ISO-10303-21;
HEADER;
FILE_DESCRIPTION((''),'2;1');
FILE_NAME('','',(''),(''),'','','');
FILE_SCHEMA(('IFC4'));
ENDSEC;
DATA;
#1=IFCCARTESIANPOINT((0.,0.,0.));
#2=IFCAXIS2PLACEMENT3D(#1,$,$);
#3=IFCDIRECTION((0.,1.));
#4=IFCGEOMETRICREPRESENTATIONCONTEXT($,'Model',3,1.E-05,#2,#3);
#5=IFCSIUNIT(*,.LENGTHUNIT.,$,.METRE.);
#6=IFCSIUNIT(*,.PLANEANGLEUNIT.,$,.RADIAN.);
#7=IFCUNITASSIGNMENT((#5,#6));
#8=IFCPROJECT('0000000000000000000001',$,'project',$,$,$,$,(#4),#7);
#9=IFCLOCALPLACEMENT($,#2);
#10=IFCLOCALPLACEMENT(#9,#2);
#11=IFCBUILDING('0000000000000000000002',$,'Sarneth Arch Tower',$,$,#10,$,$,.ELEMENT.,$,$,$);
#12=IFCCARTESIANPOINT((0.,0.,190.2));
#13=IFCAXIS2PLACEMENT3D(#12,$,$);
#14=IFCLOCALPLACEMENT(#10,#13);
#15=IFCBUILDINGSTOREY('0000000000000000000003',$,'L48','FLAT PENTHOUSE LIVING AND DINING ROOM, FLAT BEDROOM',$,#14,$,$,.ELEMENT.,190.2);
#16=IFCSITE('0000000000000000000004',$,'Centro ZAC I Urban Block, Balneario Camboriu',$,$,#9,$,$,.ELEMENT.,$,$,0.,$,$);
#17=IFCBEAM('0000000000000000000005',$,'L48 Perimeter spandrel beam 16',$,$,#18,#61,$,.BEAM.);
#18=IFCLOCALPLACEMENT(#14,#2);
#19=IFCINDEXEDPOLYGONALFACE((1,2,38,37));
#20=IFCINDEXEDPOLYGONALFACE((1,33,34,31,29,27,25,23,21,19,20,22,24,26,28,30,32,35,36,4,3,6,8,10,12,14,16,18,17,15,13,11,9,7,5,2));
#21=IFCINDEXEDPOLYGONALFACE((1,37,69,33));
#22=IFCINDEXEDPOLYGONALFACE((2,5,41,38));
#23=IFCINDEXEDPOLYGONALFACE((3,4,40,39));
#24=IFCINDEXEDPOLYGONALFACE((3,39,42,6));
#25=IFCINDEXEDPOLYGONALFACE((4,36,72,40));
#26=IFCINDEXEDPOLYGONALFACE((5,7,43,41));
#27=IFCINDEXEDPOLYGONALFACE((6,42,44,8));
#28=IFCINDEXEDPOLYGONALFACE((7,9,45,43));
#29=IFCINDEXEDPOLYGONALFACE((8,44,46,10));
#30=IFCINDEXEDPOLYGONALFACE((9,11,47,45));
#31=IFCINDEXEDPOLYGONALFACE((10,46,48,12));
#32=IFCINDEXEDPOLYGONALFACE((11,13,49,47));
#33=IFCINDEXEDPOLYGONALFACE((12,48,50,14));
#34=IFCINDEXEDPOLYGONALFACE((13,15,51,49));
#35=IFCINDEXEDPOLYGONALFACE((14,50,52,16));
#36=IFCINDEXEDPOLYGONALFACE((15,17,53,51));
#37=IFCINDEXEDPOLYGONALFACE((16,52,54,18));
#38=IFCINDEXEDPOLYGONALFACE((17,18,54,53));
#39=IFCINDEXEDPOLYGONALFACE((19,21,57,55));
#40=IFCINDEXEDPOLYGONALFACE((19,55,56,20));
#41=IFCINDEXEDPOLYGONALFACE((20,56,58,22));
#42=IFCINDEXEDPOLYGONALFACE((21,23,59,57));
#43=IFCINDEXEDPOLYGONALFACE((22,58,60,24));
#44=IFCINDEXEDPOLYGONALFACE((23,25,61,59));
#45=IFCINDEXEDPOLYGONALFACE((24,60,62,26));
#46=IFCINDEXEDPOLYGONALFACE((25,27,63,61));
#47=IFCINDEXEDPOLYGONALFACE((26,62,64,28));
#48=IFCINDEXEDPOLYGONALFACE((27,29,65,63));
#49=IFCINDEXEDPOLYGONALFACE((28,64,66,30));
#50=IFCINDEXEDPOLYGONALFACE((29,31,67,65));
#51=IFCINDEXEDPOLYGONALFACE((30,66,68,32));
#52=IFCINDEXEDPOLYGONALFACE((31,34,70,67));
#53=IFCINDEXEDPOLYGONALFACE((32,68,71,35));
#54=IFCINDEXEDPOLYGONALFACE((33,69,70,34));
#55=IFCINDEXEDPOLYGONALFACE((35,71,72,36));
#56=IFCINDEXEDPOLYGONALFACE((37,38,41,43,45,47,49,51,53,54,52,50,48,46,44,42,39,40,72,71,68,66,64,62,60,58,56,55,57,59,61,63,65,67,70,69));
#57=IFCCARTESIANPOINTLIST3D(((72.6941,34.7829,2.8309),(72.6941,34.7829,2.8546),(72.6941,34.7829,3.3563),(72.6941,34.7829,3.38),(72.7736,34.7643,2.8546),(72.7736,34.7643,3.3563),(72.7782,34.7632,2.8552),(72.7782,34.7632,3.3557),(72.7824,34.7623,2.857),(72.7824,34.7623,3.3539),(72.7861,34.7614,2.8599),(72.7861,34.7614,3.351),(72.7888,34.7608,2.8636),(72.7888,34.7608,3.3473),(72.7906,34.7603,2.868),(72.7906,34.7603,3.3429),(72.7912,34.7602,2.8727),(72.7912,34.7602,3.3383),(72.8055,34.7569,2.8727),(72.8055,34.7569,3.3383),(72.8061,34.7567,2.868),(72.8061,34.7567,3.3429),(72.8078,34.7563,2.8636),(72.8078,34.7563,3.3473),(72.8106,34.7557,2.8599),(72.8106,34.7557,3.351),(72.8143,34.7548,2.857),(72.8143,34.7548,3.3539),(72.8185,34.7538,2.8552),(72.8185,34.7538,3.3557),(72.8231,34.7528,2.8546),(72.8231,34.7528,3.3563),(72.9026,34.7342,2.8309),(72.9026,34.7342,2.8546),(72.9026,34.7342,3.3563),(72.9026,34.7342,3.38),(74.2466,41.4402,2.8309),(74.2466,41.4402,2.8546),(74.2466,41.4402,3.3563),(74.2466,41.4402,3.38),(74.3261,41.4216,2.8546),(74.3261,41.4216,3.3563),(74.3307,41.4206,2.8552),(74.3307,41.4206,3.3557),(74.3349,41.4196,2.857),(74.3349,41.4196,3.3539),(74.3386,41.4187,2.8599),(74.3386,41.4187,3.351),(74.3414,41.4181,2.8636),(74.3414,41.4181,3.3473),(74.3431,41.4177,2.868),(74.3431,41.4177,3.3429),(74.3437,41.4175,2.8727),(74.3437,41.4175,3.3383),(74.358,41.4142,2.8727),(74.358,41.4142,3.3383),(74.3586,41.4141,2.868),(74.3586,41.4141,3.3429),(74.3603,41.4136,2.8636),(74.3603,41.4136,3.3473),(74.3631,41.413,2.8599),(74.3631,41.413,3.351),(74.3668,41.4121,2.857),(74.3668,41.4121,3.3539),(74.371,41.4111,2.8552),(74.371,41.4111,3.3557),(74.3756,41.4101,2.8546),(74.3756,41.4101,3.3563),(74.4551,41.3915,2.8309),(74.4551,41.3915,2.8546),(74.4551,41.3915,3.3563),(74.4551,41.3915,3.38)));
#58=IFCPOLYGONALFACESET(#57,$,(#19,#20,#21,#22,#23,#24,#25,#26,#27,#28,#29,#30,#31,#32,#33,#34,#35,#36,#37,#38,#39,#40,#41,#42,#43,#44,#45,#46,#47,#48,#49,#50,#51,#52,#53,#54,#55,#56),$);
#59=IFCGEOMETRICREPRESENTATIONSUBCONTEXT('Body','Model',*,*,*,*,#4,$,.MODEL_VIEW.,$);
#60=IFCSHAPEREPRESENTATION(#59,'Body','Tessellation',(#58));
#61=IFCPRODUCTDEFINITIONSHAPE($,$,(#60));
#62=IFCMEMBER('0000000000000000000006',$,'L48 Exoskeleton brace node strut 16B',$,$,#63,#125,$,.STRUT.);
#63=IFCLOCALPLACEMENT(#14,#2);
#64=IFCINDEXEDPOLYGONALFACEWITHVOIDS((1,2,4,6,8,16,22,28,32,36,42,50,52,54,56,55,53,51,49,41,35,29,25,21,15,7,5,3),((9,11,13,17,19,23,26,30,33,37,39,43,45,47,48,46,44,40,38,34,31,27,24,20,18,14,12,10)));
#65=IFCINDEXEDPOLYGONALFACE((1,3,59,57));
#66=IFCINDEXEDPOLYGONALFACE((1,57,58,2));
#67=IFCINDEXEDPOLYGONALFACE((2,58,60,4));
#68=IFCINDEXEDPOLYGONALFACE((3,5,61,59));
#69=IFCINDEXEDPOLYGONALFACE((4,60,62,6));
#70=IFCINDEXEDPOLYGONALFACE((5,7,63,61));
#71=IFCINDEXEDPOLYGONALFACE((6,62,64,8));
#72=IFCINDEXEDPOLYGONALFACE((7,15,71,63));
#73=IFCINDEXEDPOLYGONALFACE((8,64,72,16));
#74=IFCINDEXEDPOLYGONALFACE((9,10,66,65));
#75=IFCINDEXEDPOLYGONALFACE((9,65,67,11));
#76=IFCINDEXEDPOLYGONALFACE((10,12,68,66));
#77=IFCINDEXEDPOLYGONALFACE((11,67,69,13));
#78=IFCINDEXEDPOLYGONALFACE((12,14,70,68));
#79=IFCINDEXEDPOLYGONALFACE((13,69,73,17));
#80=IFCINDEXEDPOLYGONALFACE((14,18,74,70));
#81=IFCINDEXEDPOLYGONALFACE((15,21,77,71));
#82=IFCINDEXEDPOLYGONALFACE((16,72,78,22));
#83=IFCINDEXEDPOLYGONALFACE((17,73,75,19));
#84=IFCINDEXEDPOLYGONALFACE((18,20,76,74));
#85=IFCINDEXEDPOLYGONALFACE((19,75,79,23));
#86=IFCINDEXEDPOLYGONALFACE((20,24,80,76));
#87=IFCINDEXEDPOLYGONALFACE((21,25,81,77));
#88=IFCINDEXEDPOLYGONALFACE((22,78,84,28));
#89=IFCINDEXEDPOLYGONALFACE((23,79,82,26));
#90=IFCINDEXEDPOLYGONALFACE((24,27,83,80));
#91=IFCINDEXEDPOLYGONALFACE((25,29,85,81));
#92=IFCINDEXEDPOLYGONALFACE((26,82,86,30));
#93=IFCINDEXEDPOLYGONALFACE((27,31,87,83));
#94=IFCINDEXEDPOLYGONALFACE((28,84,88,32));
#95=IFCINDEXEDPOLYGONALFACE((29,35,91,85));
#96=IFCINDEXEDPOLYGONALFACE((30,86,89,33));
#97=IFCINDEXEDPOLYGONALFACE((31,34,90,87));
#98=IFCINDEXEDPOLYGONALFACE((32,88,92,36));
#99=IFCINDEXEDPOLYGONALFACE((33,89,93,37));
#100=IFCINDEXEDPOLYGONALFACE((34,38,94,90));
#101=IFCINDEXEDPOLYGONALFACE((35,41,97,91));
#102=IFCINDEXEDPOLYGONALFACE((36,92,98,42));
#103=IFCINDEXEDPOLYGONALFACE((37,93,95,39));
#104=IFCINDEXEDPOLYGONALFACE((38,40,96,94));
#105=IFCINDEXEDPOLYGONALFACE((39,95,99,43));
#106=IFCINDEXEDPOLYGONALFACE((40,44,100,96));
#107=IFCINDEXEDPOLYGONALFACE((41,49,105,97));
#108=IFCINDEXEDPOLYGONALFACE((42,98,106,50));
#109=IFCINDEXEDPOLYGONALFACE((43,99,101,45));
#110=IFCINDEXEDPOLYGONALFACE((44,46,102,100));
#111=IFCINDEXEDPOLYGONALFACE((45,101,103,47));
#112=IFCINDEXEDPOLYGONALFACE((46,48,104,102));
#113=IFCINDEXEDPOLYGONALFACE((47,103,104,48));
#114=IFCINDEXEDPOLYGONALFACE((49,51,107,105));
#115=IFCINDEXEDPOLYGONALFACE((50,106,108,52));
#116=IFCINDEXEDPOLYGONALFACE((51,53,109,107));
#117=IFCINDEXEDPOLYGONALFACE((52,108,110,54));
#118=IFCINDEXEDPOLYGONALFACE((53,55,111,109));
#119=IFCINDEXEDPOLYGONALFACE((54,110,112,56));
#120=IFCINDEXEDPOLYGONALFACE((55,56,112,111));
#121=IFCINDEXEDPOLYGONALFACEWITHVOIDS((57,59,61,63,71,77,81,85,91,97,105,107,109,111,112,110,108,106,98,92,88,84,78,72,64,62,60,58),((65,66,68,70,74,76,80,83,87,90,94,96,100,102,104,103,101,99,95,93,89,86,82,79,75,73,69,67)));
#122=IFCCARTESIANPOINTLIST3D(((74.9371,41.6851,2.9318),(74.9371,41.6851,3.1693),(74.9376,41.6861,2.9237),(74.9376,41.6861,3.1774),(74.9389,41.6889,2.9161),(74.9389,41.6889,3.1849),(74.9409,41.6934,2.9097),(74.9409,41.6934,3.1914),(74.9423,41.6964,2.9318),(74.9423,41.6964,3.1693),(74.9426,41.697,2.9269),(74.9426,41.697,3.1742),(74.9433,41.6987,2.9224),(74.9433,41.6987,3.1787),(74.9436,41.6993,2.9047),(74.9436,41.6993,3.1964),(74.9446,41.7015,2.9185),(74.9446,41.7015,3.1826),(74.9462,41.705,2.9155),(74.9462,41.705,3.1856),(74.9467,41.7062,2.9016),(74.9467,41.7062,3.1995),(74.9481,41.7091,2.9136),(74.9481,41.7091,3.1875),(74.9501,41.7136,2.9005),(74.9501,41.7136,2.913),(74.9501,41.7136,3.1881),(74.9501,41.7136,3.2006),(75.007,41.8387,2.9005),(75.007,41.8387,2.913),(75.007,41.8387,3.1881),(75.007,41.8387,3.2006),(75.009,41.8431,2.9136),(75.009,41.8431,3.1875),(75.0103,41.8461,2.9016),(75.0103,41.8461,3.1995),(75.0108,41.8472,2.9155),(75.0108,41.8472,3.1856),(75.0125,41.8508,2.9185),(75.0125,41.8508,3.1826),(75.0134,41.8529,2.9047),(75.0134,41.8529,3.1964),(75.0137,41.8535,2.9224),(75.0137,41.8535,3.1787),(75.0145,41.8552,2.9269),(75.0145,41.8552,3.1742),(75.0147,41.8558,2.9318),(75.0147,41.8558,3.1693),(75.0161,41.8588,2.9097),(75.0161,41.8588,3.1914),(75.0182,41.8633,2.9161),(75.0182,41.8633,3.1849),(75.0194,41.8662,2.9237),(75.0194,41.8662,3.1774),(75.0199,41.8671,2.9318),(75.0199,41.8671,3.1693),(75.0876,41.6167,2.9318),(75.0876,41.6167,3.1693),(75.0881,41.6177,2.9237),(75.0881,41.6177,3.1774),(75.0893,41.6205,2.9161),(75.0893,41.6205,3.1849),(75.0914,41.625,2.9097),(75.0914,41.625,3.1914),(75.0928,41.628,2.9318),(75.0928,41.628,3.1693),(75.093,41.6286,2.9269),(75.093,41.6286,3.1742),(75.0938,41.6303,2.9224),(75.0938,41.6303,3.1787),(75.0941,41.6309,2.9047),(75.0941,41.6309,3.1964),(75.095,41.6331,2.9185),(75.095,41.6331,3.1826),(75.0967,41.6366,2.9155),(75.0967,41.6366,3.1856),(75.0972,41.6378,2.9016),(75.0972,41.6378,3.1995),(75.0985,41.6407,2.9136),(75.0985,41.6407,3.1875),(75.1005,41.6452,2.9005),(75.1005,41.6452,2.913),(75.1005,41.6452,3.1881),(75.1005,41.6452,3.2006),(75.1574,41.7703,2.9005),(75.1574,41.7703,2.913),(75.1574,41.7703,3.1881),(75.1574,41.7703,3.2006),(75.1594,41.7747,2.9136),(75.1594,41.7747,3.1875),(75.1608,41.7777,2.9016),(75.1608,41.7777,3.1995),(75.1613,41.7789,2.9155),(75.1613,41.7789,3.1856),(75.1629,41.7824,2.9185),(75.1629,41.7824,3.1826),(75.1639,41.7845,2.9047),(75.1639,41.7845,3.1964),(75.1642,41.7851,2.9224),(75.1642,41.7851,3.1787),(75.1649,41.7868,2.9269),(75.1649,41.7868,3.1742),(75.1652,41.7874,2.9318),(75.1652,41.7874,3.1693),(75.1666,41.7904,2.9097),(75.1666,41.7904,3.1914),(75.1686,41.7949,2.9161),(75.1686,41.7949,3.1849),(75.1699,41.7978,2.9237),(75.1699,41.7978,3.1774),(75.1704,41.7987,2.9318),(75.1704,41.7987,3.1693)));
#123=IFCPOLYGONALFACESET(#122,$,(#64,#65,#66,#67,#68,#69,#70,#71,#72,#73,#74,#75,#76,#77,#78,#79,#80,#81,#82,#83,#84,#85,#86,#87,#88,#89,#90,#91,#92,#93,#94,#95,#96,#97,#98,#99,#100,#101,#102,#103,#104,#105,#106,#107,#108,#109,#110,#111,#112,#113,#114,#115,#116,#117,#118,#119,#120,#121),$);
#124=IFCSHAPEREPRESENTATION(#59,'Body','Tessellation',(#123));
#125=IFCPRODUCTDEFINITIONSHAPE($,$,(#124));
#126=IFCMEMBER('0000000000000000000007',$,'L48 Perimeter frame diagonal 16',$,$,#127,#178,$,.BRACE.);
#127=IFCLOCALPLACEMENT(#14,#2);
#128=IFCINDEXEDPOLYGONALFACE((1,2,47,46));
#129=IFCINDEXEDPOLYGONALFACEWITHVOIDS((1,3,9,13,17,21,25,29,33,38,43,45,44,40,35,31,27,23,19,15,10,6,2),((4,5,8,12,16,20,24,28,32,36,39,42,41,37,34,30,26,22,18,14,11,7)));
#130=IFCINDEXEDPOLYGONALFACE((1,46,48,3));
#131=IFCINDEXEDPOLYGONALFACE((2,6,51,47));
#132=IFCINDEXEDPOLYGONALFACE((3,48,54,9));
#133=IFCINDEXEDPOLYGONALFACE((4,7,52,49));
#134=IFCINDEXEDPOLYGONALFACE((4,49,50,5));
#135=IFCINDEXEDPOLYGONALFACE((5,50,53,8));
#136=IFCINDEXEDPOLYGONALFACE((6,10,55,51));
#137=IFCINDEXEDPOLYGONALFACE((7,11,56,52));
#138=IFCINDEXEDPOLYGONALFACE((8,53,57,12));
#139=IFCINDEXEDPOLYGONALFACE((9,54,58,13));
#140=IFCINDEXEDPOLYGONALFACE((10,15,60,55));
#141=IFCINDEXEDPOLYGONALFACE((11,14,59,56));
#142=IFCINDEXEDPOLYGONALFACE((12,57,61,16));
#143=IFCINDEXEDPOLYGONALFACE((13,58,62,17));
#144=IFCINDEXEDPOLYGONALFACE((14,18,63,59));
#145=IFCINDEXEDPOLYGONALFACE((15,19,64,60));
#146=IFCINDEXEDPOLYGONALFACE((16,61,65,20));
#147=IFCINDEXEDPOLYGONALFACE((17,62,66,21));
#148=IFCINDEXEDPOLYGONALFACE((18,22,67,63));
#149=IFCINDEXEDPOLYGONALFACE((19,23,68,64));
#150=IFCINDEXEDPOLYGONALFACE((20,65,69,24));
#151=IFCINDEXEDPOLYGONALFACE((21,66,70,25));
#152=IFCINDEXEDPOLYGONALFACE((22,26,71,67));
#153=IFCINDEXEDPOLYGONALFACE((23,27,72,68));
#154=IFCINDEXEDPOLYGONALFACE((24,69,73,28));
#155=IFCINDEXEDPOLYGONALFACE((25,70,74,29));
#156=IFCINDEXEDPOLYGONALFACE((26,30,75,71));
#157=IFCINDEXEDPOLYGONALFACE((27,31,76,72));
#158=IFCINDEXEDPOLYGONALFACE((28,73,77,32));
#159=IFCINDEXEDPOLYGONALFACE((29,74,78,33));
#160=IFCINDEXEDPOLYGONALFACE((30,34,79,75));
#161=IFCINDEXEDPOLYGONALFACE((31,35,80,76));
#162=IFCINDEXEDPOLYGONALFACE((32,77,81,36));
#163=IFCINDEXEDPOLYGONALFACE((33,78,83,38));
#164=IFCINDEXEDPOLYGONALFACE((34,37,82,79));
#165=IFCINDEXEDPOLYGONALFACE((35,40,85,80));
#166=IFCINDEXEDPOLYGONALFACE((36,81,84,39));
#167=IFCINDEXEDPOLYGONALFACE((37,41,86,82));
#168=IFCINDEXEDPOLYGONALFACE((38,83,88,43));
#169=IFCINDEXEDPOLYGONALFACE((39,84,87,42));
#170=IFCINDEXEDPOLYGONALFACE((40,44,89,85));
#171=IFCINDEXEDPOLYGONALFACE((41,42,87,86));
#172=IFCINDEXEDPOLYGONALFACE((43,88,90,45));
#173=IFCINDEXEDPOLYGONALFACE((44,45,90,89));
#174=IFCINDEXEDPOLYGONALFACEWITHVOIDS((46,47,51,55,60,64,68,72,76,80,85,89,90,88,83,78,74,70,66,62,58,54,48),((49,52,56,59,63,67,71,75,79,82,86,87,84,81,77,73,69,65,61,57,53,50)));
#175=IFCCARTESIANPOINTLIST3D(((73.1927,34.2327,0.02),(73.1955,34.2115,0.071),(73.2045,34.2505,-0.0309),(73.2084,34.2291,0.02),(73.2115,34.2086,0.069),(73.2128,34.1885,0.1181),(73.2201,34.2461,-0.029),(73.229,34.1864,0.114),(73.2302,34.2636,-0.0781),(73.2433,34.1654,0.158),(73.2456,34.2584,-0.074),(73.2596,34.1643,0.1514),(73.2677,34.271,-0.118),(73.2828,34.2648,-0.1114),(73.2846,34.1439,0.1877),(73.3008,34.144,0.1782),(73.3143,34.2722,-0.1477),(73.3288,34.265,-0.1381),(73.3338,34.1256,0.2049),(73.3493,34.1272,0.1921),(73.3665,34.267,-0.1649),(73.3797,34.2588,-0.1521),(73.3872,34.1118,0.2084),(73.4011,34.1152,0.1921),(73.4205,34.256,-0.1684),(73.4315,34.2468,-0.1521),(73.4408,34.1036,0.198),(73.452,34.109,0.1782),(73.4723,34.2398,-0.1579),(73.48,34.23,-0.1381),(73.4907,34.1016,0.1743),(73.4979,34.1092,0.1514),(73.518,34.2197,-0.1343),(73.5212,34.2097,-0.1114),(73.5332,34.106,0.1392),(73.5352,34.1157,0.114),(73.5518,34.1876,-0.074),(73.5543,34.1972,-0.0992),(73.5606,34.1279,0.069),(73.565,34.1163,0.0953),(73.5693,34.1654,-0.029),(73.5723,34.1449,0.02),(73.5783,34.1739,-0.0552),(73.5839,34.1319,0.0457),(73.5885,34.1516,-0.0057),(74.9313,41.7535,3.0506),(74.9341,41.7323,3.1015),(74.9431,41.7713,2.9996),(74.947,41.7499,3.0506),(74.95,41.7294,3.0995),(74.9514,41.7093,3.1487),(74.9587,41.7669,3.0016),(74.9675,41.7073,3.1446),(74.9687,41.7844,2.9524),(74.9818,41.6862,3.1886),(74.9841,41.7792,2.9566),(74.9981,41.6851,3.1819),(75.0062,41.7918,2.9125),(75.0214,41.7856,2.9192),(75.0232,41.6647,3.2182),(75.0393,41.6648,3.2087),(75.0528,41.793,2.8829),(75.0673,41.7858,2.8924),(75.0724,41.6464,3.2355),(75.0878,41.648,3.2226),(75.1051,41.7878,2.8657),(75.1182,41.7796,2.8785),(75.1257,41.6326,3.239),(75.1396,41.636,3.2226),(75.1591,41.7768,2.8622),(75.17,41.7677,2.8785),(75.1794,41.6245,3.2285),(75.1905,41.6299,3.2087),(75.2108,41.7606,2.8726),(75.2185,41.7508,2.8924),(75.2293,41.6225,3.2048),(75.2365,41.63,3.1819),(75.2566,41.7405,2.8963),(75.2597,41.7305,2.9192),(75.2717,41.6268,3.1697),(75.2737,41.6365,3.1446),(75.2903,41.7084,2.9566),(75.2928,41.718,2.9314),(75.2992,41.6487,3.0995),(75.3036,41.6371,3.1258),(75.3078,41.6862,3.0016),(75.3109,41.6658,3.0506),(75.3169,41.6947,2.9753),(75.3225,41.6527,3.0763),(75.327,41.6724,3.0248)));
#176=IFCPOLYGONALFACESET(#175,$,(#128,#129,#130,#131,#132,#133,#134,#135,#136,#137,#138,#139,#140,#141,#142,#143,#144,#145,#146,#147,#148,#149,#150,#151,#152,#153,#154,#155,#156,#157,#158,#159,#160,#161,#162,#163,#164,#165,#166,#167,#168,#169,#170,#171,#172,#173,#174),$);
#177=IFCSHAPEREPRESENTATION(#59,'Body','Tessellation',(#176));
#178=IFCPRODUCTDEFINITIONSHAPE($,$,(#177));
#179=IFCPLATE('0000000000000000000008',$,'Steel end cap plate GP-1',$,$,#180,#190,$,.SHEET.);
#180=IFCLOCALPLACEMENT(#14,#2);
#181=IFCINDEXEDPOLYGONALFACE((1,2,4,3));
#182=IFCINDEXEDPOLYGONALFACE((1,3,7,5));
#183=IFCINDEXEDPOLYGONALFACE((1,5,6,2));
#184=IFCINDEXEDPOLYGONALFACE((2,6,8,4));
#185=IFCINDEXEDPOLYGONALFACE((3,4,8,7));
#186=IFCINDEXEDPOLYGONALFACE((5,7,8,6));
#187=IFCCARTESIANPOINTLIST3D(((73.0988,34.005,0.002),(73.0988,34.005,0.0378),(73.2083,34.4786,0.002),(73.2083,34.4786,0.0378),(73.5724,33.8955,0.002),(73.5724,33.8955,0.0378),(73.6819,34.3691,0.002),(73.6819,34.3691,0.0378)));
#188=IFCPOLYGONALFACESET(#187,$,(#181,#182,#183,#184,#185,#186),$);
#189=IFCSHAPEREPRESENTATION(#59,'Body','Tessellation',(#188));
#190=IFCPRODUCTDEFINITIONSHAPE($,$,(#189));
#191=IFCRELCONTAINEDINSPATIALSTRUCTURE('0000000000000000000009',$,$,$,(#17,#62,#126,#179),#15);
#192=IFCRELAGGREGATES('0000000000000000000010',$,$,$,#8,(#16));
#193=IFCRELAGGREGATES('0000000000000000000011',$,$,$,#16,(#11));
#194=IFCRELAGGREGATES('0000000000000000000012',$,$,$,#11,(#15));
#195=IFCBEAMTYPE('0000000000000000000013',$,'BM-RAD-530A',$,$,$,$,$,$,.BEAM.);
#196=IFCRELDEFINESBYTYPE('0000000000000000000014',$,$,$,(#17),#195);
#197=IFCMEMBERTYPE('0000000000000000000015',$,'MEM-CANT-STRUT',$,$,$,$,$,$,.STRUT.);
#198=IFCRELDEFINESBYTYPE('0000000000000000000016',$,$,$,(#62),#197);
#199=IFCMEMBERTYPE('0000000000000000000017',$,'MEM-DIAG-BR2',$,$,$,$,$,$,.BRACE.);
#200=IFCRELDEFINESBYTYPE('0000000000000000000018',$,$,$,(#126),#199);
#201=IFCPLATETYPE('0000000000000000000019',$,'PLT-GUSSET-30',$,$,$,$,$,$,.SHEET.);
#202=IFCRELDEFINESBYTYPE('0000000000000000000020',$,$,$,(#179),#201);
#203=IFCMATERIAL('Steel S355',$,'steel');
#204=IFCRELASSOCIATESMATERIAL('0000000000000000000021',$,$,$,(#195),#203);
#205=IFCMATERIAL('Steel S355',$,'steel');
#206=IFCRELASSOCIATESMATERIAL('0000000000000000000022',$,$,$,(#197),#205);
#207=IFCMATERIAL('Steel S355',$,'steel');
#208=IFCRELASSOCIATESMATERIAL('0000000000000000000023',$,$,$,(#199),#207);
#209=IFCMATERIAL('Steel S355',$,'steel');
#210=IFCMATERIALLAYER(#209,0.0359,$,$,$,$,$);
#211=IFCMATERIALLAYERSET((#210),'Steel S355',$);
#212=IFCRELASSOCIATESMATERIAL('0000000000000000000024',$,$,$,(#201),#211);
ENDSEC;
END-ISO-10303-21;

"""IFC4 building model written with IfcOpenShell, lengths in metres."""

from ifc_helpers import new_model, si_unit, direction, frame, origin, origin_2d, place, context, subcontext, project, spatial, rectangle, hollow_rectangle, hollow_circle, i_section, extrude, material, layer, layer_set, material_profile, profile_set, type_object, element, save


model = new_model("IFC4")

# Units and contexts
model_context = context("Model", 3, precision=1e-05, world=origin(), true_north=direction((0.0, 1.0)))
body_context = subcontext(model_context, "Body", "Model", "MODEL_VIEW")
ifc_project = project(units=[si_unit("LENGTHUNIT", "METRE"), si_unit("PLANEANGLEUNIT", "RADIAN")], contexts=[model_context])

# Site, building, storey
site_placement = place(None, origin())
site = spatial("IfcSite", under=ifc_project, at=site_placement, Name="Centro ZAC I Urban Block, Balneario Camboriu", CompositionType="ELEMENT", RefElevation=0.0)
building_placement = place(site_placement, origin())
building = spatial("IfcBuilding", under=site, at=building_placement, Name="Sarneth Arch Tower", CompositionType="ELEMENT")
storey_placement = place(building_placement, frame((0.0, 0.0, 190.2)))
storey = spatial("IfcBuildingStorey", under=building, at=storey_placement, Name="L48", Description="FLAT PENTHOUSE LIVING AND DINING ROOM, FLAT BEDROOM", CompositionType="ELEMENT", Elevation=190.2)

# Beam
ifc_material_1 = material(Name="Steel S355", Category="steel")
ifc_material_profile_1 = material_profile(ifc_material_1, i_section(OverallWidth=0.2141, OverallDepth=0.5491, WebThickness=0.0146, FlangeThickness=0.0237, FilletRadius=0.0181, at=origin_2d()), Name="W530x138")
ifc_profile_set_1 = profile_set([ifc_material_profile_1], Name="Steel S355")
beam_type_1 = type_object("IfcBeamType", Name="BM-RAD-530A", PredefinedType="BEAM", material=ifc_profile_set_1)
beam_1_placement = place(storey_placement, frame((72.7983, 34.7585, 3.1055), z_axis=(0.22711, 0.973869, 0.0), x_axis=(-0.973869, 0.22711, 0.0)))
element("IfcBeam", 1, at=beam_1_placement, inside=storey, type_object=beam_type_1, Name="L48 Perimeter spandrel beam 16", PredefinedType="BEAM", context=body_context, shape_type="SweptSolid", body=[
    extrude(i_section(OverallWidth=0.2141, OverallDepth=0.5491, WebThickness=0.0146, FlangeThickness=0.0237, FilletRadius=0.0181, at=origin_2d()), origin(), (0.0, 0.0, 1.0), 6.8359),
])

# Members
ifc_material_2 = material(Name="Steel S355", Category="steel")
ifc_material_profile_2 = material_profile(ifc_material_2, hollow_rectangle(XDim=0.2, YDim=0.3, WallThickness=0.0125, InnerFilletRadius=0.0188, OuterFilletRadius=0.0312, at=origin_2d()), Name="RHS300x200x12.5")
ifc_profile_set_2 = profile_set([ifc_material_profile_2], Name="Steel S355")
member_type_1 = type_object("IfcMemberType", Name="MEM-CANT-STRUT", PredefinedType="STRUT", material=ifc_profile_set_2)
member_1_placement = place(storey_placement, frame((74.9785, 41.7761, 3.0505), z_axis=(0.910366, -0.413803, 0.0), x_axis=(0.413803, 0.910366, 0.0)))
element("IfcMember", 2, at=member_1_placement, inside=storey, type_object=member_type_1, Name="L48 Exoskeleton brace node strut 16B", PredefinedType="STRUT", context=body_context, shape_type="SweptSolid", body=[
    extrude(hollow_rectangle(XDim=0.2, YDim=0.3, WallThickness=0.0125, InnerFilletRadius=0.0188, OuterFilletRadius=0.0312, at=origin_2d()), origin(), (0.0, 0.0, 1.0), 0.1653),
])
ifc_material_3 = material(Name="Steel S355", Category="steel")
ifc_material_profile_3 = material_profile(ifc_material_3, hollow_circle(Radius=0.2029, WallThickness=0.0161, at=origin_2d()), Name="CHS406x16")
ifc_profile_set_3 = profile_set([ifc_material_profile_3], Name="Steel S355")
member_type_2 = type_object("IfcMemberType", Name="MEM-DIAG-BR2", PredefinedType="BRACE", material=ifc_profile_set_3)
member_2_placement = place(storey_placement, frame((73.3904, 34.187, 0.02), z_axis=(0.209646, 0.906917, 0.365446), x_axis=(-0.974307, 0.225224, 0.0)))
element("IfcMember", 3, at=member_2_placement, inside=storey, type_object=member_type_2, Name="L48 Perimeter frame diagonal 16", PredefinedType="BRACE", context=body_context, shape_type="SweptSolid", body=[
    extrude(hollow_circle(Radius=0.2029, WallThickness=0.0161, at=origin_2d()), origin(), (0.0, 0.0, 1.0), 8.2927),
])

# Plate
ifc_material_4 = material(Name="Steel S355", Category="steel")
ifc_layer_1 = layer(ifc_material_4, 0.0359)
ifc_layer_set_1 = layer_set([ifc_layer_1], Name="Steel S355")
plate_type = type_object("IfcPlateType", Name="PLT-GUSSET-30", PredefinedType="SHEET", material=ifc_layer_set_1)
for number, where, z_axis, x_axis, name in (
    (4, (73.3904, 34.187, 0.002), (0.0, 0.0, 1.0), (0.225291, 0.974291, 0.0), "Steel end cap plate GP-1"),
):
    element("IfcPlate", number, at=place(storey_placement, frame(where, z_axis=z_axis, x_axis=x_axis)), inside=storey, type_object=plate_type, Name=name, PredefinedType="SHEET", context=body_context, shape_type="SweptSolid", body=[
        extrude(rectangle(XDim=0.4861, YDim=0.4861, at=origin_2d()), origin(), (0.0, 0.0, 1.0), 0.0359),
    ])

save(model, "model.ifc")
